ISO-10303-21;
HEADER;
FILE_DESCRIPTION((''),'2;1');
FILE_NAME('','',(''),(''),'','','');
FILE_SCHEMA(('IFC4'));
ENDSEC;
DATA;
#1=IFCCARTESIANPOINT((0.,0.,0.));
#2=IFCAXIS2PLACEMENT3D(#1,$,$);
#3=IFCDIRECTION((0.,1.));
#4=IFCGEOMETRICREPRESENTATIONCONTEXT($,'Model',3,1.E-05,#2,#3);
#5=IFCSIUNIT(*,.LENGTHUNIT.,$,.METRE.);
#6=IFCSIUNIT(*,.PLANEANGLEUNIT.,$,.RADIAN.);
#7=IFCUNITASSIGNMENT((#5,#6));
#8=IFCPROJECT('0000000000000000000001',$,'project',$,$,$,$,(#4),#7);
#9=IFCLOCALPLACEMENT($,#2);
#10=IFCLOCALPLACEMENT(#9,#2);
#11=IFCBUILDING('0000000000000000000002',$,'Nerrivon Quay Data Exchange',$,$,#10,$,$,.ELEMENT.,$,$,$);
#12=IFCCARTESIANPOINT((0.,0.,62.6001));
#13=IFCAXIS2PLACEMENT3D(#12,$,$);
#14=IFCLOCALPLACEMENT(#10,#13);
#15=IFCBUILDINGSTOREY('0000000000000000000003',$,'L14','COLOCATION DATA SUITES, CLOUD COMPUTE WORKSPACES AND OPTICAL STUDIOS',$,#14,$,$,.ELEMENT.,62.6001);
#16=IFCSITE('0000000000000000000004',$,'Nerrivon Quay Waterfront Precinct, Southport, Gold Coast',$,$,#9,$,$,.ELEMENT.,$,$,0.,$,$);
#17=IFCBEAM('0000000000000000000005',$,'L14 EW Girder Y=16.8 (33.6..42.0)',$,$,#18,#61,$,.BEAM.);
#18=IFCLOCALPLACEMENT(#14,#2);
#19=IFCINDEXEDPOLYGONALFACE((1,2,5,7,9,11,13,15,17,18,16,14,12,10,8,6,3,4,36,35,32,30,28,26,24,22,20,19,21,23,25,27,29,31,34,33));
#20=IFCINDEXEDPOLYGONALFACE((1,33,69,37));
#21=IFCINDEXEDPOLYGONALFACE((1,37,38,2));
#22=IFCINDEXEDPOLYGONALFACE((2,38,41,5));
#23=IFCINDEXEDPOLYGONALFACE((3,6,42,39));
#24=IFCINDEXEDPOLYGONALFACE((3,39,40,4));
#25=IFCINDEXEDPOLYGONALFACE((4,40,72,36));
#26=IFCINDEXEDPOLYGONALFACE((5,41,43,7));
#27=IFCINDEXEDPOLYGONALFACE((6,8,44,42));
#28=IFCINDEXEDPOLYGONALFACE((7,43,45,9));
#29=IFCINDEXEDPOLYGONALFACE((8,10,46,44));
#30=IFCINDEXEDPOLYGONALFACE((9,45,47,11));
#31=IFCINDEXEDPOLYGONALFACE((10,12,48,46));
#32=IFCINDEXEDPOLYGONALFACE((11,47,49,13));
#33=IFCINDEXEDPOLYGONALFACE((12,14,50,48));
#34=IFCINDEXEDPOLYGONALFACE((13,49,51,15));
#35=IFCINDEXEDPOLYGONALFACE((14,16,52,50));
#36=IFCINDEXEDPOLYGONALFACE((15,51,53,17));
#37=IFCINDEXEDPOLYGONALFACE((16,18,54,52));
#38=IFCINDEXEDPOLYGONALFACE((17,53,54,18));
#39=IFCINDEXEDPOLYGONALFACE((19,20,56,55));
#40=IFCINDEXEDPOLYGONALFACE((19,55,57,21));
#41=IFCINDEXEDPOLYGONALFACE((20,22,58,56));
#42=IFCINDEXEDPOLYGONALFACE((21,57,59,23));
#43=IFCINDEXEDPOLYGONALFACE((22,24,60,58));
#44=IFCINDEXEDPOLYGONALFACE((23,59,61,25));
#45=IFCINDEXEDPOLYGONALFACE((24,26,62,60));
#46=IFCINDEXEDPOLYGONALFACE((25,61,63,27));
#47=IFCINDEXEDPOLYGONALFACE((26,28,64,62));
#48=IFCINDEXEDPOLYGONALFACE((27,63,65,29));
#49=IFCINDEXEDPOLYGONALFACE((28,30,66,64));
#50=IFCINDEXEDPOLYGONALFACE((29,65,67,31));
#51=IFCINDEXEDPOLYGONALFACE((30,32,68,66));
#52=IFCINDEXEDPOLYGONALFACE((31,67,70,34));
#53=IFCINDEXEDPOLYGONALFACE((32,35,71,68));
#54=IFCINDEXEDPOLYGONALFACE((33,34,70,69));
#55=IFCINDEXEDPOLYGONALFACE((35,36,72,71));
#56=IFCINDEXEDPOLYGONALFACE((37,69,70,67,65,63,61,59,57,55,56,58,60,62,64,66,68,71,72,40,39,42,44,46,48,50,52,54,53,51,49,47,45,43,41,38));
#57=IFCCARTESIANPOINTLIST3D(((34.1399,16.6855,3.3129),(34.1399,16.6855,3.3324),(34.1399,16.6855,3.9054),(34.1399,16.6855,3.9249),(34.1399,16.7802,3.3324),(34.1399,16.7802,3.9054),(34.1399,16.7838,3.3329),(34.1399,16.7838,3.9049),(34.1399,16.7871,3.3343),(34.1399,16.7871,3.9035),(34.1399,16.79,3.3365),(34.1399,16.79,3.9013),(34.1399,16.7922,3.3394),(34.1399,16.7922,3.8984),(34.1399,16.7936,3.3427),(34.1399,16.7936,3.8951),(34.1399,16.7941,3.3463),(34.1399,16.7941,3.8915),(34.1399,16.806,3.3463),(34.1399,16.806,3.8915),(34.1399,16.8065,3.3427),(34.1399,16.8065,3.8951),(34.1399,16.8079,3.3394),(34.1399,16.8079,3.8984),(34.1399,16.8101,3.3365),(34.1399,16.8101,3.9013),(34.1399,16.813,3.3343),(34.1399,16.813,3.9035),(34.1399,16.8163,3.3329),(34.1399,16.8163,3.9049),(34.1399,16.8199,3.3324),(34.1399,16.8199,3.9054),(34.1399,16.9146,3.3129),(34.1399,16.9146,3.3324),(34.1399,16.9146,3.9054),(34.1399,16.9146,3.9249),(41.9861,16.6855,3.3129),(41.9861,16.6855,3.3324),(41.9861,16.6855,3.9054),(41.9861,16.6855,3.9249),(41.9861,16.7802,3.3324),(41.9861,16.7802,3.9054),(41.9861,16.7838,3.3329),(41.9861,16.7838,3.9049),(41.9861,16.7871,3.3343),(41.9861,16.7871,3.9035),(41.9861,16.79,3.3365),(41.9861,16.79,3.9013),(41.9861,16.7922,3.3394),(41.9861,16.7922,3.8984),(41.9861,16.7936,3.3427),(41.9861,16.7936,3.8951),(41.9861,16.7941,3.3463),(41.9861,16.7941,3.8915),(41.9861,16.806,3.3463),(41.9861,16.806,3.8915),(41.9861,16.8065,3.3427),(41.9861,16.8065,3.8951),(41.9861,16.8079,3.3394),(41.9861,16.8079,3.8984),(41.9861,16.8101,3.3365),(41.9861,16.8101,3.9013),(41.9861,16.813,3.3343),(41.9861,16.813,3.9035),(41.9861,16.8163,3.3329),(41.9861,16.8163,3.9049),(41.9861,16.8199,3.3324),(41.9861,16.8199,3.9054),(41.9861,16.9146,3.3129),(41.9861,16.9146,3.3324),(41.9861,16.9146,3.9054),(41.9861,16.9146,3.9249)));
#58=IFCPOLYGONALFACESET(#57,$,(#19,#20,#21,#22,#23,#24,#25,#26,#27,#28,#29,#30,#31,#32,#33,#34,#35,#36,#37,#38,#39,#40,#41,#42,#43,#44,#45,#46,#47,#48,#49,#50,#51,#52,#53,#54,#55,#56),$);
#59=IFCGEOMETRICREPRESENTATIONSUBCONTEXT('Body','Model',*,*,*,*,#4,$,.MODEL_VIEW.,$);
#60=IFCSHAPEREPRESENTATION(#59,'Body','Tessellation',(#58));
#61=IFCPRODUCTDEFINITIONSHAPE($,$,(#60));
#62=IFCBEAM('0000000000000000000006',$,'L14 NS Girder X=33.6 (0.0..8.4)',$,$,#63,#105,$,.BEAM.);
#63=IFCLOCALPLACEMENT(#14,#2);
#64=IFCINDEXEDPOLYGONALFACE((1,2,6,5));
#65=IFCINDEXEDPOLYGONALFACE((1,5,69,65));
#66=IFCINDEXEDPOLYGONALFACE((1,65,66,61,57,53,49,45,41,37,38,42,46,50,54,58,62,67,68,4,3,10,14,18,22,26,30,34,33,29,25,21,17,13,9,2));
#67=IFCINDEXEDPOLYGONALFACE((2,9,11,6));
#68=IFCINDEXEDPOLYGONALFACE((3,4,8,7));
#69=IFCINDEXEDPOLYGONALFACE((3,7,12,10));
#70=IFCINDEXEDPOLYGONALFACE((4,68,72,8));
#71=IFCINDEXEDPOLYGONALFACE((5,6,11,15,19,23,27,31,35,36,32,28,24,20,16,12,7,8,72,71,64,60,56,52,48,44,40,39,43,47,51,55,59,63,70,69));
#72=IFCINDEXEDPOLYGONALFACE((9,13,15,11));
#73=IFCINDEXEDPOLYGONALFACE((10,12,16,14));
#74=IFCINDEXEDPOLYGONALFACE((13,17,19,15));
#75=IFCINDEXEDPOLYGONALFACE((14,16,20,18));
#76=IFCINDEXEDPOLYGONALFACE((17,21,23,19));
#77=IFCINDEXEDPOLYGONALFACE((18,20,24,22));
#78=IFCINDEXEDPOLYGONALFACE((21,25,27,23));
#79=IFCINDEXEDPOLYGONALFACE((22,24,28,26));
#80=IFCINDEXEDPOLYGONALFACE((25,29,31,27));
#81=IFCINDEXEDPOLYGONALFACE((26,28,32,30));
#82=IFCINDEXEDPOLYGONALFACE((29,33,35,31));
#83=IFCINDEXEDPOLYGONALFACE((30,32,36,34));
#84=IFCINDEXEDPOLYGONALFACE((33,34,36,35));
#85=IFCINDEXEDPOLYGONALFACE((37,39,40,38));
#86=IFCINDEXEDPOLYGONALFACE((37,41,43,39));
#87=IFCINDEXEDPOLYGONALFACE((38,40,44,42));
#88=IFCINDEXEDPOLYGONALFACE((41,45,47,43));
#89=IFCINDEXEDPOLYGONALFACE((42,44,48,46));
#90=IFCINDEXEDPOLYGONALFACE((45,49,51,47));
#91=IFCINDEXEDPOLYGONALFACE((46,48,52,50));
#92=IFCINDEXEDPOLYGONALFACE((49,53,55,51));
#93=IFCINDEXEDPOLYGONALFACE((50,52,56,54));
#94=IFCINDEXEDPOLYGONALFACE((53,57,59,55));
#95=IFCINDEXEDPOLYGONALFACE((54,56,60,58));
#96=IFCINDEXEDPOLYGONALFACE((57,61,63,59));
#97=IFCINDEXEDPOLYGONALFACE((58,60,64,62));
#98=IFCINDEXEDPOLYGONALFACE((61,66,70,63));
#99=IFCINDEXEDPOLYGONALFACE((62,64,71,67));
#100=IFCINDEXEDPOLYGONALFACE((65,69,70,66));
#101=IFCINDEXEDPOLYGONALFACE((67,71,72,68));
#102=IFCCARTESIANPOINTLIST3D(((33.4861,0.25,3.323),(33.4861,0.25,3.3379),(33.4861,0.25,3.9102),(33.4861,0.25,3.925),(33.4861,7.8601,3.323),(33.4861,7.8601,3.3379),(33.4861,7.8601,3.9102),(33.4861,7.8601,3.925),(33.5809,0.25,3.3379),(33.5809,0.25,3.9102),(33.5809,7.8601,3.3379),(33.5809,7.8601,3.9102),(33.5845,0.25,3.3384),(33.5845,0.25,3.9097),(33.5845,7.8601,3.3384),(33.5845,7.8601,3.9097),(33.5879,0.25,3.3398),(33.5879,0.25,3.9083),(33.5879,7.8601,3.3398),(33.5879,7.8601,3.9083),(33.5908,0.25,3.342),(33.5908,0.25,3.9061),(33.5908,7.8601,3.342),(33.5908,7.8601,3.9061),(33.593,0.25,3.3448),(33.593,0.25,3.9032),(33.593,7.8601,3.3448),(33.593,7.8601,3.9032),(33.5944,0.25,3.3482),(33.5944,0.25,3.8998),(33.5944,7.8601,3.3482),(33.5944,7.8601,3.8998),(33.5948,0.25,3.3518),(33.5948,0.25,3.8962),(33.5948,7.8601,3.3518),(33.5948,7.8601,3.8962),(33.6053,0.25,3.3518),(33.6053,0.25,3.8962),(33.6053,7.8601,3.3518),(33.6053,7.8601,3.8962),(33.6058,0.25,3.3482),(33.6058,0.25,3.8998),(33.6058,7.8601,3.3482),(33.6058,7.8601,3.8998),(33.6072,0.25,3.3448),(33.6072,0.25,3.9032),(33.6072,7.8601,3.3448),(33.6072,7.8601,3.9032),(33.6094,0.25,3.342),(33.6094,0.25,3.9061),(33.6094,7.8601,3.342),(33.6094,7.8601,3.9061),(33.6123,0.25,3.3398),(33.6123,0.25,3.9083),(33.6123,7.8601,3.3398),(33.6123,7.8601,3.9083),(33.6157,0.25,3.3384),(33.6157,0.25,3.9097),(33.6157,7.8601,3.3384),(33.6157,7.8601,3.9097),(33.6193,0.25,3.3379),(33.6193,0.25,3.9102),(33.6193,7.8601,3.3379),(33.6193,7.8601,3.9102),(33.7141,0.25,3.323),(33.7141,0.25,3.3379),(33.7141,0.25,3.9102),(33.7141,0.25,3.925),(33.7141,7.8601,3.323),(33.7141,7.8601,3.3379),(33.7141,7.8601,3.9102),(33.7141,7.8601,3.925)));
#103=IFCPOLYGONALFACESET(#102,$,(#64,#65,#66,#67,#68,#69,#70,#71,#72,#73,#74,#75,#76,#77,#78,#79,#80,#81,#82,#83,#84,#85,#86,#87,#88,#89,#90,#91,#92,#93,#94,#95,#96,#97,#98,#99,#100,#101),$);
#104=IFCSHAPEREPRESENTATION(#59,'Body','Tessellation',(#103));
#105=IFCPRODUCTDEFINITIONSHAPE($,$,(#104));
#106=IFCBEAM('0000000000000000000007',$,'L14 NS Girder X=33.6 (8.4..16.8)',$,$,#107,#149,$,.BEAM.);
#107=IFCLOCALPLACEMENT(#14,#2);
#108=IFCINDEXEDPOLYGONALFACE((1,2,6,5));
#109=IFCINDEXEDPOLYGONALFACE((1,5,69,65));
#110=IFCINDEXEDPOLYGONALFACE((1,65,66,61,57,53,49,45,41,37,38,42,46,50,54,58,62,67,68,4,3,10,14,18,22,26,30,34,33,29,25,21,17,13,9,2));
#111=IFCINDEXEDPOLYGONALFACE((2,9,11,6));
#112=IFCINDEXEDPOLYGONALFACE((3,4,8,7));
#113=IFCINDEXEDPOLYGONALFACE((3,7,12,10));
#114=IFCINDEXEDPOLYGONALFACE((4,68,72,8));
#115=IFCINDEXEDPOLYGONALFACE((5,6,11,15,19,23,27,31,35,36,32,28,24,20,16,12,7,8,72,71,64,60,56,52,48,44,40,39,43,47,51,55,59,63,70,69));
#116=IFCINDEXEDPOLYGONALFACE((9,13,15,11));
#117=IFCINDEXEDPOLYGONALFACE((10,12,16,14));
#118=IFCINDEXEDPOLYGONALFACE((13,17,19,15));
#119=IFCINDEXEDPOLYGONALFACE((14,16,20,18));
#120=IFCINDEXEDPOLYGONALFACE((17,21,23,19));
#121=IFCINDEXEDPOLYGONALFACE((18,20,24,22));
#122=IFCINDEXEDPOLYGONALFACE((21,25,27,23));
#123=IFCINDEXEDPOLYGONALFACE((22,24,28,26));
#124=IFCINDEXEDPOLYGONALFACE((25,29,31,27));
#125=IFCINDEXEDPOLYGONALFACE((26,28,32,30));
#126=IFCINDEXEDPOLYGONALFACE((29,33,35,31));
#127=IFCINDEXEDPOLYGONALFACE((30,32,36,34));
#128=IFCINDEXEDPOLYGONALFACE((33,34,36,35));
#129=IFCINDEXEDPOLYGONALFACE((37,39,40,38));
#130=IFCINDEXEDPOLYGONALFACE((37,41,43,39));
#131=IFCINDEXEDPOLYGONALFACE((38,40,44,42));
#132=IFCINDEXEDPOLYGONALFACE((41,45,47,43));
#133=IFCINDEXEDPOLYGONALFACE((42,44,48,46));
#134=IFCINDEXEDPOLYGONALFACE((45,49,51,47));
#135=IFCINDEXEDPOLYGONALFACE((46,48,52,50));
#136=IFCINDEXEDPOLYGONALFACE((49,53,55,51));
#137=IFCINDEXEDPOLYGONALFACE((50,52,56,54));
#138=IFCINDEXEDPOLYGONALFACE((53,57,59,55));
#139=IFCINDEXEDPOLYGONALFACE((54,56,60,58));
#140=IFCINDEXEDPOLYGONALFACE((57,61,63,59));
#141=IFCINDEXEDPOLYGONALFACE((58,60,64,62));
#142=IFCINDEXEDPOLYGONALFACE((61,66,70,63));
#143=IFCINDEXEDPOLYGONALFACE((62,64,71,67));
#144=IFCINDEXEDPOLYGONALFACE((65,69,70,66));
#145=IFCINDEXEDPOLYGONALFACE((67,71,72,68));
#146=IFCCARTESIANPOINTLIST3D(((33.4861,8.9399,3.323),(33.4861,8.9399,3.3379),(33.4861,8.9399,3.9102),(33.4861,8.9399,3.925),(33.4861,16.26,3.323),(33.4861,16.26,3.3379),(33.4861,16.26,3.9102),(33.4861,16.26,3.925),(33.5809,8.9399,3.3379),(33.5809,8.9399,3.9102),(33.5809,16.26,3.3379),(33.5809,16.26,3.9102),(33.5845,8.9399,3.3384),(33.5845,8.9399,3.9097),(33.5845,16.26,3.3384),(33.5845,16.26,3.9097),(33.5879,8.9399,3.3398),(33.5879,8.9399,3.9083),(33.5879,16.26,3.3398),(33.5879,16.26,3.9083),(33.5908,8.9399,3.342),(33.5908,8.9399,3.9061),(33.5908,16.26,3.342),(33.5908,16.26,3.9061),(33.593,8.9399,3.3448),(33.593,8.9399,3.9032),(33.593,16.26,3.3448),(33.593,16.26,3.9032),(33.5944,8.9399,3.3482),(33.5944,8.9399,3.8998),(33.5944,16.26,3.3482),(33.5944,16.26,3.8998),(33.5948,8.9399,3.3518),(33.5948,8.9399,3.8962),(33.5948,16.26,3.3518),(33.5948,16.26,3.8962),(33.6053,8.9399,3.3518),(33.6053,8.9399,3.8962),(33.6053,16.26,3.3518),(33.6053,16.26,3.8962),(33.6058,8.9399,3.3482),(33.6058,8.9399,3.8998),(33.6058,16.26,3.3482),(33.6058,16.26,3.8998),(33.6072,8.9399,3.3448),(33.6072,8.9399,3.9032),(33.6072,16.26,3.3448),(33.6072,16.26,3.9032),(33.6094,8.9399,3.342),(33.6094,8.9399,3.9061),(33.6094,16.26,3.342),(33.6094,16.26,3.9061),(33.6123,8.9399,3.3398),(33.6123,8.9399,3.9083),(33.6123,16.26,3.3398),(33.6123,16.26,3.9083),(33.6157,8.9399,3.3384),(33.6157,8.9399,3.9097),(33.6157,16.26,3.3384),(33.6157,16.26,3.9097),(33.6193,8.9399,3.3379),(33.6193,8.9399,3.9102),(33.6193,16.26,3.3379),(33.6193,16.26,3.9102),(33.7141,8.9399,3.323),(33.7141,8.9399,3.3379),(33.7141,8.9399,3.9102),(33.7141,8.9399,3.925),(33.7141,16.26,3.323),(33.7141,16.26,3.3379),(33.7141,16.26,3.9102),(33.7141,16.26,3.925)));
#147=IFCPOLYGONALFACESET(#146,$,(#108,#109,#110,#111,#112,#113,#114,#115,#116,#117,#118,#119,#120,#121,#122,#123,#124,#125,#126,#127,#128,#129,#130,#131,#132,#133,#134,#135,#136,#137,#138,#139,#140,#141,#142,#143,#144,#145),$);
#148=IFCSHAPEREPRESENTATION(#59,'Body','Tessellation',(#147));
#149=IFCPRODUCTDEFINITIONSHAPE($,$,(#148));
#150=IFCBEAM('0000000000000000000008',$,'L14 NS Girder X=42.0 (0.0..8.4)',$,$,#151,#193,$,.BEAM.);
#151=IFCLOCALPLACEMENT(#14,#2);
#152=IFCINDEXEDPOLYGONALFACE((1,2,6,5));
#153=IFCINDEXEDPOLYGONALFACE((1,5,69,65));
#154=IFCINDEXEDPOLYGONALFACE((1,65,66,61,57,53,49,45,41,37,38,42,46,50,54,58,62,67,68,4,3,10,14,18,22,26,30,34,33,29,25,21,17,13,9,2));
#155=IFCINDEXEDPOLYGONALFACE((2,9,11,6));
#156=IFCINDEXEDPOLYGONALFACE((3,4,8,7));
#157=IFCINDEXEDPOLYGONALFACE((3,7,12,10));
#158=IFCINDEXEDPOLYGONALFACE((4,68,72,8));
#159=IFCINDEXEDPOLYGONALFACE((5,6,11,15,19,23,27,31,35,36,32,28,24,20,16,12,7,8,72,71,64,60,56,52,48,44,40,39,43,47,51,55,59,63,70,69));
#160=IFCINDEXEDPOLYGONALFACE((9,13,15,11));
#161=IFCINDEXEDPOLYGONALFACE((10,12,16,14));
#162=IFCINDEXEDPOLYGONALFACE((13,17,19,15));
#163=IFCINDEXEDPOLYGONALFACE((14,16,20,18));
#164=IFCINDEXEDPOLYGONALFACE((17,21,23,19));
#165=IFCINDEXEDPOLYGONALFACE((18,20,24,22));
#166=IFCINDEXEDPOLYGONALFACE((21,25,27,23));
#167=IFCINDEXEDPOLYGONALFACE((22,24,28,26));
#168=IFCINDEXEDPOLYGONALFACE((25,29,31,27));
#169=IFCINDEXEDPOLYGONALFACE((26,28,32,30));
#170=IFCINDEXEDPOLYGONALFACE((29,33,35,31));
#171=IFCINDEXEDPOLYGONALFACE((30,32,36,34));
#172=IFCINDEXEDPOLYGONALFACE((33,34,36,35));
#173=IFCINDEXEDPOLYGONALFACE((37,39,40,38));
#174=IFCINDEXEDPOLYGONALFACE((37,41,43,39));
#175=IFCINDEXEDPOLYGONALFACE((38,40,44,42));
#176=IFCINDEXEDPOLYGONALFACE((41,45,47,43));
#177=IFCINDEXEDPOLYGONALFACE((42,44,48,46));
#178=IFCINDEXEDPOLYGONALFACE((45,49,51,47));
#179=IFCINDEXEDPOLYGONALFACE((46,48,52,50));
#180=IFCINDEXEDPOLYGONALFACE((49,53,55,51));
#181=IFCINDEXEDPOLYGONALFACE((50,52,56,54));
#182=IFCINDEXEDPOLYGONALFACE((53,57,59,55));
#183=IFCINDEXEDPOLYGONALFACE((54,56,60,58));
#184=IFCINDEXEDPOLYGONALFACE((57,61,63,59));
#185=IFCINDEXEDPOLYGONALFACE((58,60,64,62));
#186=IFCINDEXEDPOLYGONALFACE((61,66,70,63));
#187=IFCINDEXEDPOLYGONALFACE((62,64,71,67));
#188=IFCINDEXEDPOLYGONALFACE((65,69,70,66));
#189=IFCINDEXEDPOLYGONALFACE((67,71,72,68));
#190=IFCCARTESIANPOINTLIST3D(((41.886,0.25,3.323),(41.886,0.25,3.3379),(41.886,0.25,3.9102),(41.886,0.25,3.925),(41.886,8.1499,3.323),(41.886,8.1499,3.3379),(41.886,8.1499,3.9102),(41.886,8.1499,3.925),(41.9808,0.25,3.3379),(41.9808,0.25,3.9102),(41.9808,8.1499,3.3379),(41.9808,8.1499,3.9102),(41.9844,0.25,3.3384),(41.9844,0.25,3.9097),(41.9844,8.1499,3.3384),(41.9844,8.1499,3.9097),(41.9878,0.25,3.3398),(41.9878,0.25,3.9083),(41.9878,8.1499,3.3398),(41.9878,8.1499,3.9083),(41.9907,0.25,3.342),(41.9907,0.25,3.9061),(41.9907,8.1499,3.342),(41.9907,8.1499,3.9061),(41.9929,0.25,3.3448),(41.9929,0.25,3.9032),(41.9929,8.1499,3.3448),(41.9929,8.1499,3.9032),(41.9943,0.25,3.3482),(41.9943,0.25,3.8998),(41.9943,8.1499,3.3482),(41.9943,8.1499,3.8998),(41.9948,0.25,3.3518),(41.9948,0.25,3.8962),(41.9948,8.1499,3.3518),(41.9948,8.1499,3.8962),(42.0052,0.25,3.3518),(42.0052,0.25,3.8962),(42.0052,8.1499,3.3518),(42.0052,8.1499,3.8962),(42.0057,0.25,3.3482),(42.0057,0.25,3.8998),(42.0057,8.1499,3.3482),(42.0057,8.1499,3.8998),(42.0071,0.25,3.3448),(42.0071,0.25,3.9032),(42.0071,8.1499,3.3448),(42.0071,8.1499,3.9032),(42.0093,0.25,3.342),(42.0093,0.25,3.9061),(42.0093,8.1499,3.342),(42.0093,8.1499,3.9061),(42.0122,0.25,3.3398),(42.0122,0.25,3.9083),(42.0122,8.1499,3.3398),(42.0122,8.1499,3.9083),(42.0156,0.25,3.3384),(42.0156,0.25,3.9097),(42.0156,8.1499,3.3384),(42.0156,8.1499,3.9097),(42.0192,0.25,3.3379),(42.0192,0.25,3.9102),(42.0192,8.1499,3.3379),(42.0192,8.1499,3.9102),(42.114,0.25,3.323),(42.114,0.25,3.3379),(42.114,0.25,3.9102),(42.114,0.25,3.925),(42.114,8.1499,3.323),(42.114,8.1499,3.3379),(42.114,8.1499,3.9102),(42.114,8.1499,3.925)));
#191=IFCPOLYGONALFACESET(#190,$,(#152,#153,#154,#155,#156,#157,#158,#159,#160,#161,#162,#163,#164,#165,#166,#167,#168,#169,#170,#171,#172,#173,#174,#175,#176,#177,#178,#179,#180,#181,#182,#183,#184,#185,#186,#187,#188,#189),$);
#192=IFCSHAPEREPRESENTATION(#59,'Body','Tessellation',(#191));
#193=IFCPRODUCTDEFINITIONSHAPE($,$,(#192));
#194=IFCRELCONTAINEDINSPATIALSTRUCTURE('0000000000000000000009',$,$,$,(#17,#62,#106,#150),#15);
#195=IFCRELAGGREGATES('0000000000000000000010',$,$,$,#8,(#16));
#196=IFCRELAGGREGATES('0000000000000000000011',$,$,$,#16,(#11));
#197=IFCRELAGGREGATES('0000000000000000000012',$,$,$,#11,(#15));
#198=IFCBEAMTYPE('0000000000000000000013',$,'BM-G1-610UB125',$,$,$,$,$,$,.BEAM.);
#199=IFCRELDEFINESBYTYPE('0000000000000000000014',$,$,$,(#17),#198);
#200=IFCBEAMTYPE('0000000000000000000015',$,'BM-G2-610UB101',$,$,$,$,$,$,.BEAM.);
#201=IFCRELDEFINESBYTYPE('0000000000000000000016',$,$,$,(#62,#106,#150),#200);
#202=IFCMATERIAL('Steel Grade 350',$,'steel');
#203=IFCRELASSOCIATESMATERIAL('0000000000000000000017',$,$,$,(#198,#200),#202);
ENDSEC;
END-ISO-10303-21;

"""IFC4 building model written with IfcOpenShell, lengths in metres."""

from ifc_helpers import new_model, si_unit, direction, frame, origin, origin_2d, place, context, subcontext, project, spatial, i_section, extrude, material, material_profile, profile_set, type_object, element, save


model = new_model("IFC4")

# Units and contexts
model_context = context("Model", 3, precision=1e-05, world=origin(), true_north=direction((0.0, 1.0)))
body_context = subcontext(model_context, "Body", "Model", "MODEL_VIEW")
ifc_project = project(units=[si_unit("LENGTHUNIT", "METRE"), si_unit("PLANEANGLEUNIT", "RADIAN")], contexts=[model_context])

# Site, building, storey
site_placement = place(None, origin())
site = spatial("IfcSite", under=ifc_project, at=site_placement, Name="Nerrivon Quay Waterfront Precinct, Southport, Gold Coast", CompositionType="ELEMENT", RefElevation=0.0)
building_placement = place(site_placement, origin())
building = spatial("IfcBuilding", under=site, at=building_placement, Name="Nerrivon Quay Data Exchange", CompositionType="ELEMENT")
storey_placement = place(building_placement, frame((0.0, 0.0, 62.6001)))
storey = spatial("IfcBuildingStorey", under=building, at=storey_placement, Name="L14", Description="COLOCATION DATA SUITES, CLOUD COMPUTE WORKSPACES AND OPTICAL STUDIOS", CompositionType="ELEMENT", Elevation=62.6001)

# Shared definitions
ifc_material_1 = material(Name="Steel Grade 350", Category="steel")

# Beams
ifc_material_profile_1 = material_profile(ifc_material_1, i_section(OverallWidth=0.229, OverallDepth=0.6121, WebThickness=0.012, FlangeThickness=0.0195, FilletRadius=0.0139, at=origin_2d()), Name="610UB125")
ifc_profile_set_1 = profile_set([ifc_material_profile_1], Name="Steel Grade 350")
beam_type_1 = type_object("IfcBeamType", Name="BM-G1-610UB125", PredefinedType="BEAM", material=ifc_profile_set_1)
beam_1_placement = place(storey_placement, frame((34.1399, 16.8, 3.6189), z_axis=(1.0, 0.0, 0.0), x_axis=(0.0, 1.0, 0.0)))
element("IfcBeam", 1, at=beam_1_placement, inside=storey, type_object=beam_type_1, Name="L14 EW Girder Y=16.8 (33.6..42.0)", PredefinedType="BEAM", context=body_context, shape_type="SweptSolid", body=[
    extrude(i_section(OverallWidth=0.229, OverallDepth=0.6121, WebThickness=0.012, FlangeThickness=0.0195, FilletRadius=0.0139, at=origin_2d()), origin(), (0.0, 0.0, 1.0), 7.8462),
])
ifc_material_profile_2 = material_profile(ifc_material_1, i_section(OverallWidth=0.228, OverallDepth=0.6021, WebThickness=0.0105, FlangeThickness=0.0149, FilletRadius=0.0139, at=origin_2d()), Name="610UB101")
ifc_profile_set_2 = profile_set([ifc_material_profile_2], Name="Steel Grade 350")
beam_type_2 = type_object("IfcBeamType", Name="BM-G2-610UB101", PredefinedType="BEAM", material=ifc_profile_set_2)
beam_2_placement = place(storey_placement, frame((33.6001, 0.25, 3.624), z_axis=(0.0, 1.0, 0.0), x_axis=(-1.0, 0.0, 0.0)))
element("IfcBeam", 2, at=beam_2_placement, inside=storey, type_object=beam_type_2, Name="L14 NS Girder X=33.6 (0.0..8.4)", PredefinedType="BEAM", context=body_context, shape_type="SweptSolid", body=[
    extrude(i_section(OverallWidth=0.228, OverallDepth=0.6021, WebThickness=0.0105, FlangeThickness=0.0149, FilletRadius=0.0139, at=origin_2d()), origin(), (0.0, 0.0, 1.0), 7.6101),
])
beam_3_placement = place(storey_placement, frame((33.6001, 8.9399, 3.624), z_axis=(0.0, 1.0, 0.0), x_axis=(-1.0, 0.0, 0.0)))
element("IfcBeam", 3, at=beam_3_placement, inside=storey, type_object=beam_type_2, Name="L14 NS Girder X=33.6 (8.4..16.8)", PredefinedType="BEAM", context=body_context, shape_type="SweptSolid", body=[
    extrude(i_section(OverallWidth=0.228, OverallDepth=0.6021, WebThickness=0.0105, FlangeThickness=0.0149, FilletRadius=0.0139, at=origin_2d()), origin(), (0.0, 0.0, 1.0), 7.3201),
])
beam_4_placement = place(storey_placement, frame((42.0, 0.25, 3.624), z_axis=(0.0, 1.0, 0.0), x_axis=(-1.0, 0.0, 0.0)))
element("IfcBeam", 4, at=beam_4_placement, inside=storey, type_object=beam_type_2, Name="L14 NS Girder X=42.0 (0.0..8.4)", PredefinedType="BEAM", context=body_context, shape_type="SweptSolid", body=[
    extrude(i_section(OverallWidth=0.228, OverallDepth=0.6021, WebThickness=0.0105, FlangeThickness=0.0149, FilletRadius=0.0139, at=origin_2d()), origin(), (0.0, 0.0, 1.0), 7.8999),
])

save(model, "model.ifc")
